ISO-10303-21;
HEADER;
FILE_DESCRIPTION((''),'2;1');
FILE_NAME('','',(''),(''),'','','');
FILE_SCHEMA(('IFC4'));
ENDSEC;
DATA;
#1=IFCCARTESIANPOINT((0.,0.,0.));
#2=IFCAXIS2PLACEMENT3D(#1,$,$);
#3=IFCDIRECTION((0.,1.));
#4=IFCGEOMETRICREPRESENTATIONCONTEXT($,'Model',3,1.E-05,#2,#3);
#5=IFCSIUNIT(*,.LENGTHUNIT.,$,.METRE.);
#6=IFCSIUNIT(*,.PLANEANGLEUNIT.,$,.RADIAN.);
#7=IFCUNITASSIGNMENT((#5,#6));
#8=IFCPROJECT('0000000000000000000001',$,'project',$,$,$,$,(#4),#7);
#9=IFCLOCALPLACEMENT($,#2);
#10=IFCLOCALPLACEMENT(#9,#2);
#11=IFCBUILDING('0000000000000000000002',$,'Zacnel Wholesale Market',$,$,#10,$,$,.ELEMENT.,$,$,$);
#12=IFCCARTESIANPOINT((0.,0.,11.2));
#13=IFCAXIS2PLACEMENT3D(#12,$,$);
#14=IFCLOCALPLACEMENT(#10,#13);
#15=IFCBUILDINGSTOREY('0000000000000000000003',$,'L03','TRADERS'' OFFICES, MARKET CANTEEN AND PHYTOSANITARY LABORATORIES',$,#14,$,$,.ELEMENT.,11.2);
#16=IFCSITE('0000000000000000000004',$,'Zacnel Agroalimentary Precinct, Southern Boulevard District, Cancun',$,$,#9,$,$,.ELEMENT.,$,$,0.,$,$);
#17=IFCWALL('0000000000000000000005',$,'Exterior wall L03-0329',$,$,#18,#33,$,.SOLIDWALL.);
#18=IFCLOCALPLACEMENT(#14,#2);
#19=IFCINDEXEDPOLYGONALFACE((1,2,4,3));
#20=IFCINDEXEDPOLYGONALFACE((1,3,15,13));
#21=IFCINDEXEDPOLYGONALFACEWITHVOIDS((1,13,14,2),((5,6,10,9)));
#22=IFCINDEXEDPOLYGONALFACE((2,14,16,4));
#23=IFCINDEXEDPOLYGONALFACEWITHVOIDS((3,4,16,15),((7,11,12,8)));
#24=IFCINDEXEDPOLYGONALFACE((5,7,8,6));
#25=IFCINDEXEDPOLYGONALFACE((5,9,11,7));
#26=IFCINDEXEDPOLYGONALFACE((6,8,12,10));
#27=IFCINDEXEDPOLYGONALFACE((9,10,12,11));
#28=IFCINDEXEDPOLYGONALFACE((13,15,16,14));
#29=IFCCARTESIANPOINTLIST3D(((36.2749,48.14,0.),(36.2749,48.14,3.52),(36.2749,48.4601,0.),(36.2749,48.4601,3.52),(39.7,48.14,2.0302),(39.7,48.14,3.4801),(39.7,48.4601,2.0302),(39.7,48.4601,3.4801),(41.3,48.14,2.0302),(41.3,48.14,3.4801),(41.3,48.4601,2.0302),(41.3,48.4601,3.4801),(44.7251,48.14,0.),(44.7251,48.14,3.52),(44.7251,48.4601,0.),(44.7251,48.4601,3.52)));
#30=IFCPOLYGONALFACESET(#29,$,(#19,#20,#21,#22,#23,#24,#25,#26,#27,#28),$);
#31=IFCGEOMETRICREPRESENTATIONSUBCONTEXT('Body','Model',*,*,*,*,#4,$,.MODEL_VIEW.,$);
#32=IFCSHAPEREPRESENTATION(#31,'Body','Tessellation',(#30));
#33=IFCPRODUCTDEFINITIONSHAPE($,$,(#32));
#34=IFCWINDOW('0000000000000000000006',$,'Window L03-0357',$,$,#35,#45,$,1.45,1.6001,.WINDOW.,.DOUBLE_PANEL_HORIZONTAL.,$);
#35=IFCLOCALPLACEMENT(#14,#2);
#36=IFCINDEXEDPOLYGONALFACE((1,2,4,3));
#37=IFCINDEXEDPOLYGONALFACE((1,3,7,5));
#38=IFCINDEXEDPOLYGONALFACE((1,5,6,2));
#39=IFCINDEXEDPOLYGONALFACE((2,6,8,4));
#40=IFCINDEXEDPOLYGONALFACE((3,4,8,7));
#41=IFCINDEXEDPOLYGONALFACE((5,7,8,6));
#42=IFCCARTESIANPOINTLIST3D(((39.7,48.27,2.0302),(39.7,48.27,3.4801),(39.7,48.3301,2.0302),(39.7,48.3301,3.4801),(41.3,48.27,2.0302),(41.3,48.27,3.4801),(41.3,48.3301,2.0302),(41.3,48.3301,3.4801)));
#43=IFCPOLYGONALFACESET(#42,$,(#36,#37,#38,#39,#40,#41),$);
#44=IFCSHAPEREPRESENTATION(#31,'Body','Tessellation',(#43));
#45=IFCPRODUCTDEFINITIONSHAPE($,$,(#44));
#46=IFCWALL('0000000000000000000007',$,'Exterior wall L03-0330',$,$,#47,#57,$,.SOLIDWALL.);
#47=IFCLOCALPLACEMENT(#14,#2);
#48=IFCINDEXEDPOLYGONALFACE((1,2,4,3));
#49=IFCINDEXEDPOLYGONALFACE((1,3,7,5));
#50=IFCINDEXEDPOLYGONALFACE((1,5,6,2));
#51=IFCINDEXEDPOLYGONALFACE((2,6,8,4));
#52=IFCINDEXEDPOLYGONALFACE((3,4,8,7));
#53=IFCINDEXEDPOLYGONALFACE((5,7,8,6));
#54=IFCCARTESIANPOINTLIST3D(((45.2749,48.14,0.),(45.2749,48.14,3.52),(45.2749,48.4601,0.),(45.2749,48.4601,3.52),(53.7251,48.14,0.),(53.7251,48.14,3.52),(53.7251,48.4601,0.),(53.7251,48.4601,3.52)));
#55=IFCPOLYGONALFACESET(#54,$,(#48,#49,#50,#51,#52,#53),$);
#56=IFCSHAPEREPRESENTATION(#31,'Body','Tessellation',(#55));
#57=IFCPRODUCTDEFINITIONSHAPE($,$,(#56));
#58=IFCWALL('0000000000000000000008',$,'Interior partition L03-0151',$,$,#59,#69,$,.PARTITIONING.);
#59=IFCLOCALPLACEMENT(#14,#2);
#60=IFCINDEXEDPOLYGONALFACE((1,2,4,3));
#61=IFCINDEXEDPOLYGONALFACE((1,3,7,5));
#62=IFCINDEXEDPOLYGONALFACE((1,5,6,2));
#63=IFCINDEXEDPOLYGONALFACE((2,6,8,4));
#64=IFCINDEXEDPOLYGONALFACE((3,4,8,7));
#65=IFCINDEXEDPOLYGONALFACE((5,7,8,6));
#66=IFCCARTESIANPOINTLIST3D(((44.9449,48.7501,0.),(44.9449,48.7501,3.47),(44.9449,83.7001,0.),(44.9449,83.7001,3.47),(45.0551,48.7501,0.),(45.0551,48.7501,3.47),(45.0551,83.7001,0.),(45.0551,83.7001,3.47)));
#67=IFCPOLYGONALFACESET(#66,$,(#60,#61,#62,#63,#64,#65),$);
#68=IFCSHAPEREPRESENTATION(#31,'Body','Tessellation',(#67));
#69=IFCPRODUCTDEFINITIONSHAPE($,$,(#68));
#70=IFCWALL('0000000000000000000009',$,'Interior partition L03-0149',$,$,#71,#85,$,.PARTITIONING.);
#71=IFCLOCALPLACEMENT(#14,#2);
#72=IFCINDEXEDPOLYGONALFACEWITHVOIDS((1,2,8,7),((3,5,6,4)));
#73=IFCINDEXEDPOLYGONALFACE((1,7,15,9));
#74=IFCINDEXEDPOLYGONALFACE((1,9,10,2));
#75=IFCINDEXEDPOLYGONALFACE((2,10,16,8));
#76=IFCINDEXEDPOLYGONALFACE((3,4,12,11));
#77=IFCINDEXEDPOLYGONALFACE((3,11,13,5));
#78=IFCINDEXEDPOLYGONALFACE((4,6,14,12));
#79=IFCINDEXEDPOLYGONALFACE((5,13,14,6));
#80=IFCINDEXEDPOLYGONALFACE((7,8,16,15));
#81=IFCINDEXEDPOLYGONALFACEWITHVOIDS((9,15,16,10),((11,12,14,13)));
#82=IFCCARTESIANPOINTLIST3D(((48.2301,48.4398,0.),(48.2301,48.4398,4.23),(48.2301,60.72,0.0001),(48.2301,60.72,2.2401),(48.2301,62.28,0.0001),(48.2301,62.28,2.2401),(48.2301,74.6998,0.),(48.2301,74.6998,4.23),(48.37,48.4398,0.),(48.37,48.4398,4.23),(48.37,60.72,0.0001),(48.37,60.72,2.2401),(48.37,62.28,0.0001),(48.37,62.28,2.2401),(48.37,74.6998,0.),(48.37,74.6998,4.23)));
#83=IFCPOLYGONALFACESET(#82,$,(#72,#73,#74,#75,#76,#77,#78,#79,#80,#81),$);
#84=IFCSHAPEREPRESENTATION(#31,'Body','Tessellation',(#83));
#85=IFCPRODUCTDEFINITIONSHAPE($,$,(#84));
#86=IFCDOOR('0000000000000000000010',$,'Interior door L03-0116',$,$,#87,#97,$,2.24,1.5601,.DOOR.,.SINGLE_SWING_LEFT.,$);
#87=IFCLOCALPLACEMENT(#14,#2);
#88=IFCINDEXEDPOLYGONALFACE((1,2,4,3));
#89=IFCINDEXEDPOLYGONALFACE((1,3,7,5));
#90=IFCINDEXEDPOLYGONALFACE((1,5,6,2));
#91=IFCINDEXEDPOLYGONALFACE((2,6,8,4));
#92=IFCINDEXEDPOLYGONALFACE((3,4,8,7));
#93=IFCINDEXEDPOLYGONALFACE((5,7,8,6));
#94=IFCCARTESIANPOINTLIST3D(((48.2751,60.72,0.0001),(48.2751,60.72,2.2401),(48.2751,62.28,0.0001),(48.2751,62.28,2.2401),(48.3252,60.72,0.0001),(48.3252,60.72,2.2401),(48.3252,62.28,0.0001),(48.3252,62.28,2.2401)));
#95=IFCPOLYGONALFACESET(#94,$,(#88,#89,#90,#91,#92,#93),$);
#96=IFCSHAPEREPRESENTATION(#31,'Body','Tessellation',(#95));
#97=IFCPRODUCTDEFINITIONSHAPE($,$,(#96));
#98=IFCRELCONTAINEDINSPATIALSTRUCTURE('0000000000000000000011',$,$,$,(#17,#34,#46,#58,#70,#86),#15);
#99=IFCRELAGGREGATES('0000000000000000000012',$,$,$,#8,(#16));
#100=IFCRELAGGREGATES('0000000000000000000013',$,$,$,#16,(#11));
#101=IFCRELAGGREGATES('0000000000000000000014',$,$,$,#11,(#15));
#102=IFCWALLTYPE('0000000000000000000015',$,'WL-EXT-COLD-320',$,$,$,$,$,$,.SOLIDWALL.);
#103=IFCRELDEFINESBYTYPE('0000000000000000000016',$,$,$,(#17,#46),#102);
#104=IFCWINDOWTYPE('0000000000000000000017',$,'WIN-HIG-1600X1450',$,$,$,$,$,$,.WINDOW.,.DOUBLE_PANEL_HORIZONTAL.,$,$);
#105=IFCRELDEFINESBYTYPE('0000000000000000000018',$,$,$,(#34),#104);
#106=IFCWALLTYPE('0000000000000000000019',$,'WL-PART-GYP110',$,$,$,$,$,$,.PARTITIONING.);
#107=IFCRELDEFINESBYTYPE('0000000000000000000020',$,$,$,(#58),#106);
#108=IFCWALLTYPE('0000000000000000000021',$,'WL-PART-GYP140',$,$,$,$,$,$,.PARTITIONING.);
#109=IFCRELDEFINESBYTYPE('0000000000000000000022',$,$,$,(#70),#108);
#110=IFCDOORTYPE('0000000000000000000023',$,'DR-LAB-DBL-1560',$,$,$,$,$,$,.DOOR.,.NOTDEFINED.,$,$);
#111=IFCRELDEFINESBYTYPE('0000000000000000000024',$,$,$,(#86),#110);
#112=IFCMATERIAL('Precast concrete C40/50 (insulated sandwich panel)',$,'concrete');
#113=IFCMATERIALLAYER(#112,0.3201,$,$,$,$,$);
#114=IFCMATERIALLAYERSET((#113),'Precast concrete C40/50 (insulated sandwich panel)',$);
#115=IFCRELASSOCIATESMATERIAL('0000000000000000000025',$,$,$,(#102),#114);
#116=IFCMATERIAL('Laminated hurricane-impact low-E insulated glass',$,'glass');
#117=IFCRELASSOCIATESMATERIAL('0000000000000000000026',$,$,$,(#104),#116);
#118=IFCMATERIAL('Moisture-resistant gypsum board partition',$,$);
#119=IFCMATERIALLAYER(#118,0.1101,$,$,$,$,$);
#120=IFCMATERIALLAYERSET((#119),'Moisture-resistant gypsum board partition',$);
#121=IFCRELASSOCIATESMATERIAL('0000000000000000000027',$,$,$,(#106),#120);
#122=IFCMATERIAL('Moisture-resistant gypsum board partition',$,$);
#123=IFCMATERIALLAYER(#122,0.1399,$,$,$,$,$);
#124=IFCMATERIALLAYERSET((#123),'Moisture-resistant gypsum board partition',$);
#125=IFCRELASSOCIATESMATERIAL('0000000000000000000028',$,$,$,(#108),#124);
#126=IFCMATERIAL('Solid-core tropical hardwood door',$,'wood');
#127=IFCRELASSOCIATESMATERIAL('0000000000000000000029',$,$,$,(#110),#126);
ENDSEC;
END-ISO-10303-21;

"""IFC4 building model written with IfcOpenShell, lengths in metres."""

from ifc_helpers import new_model, si_unit, direction, frame, frame_2d, origin, place, context, subcontext, project, spatial, rectangle, extrude, material, layer, layer_set, type_object, element, fill, save


model = new_model("IFC4")

# Units and contexts
model_context = context("Model", 3, precision=1e-05, world=origin(), true_north=direction((0.0, 1.0)))
body_context = subcontext(model_context, "Body", "Model", "MODEL_VIEW")
ifc_project = project(units=[si_unit("LENGTHUNIT", "METRE"), si_unit("PLANEANGLEUNIT", "RADIAN")], contexts=[model_context])

# Site, building, storey
site_placement = place(None, origin())
site = spatial("IfcSite", under=ifc_project, at=site_placement, Name="Zacnel Agroalimentary Precinct, Southern Boulevard District, Cancun", CompositionType="ELEMENT", RefElevation=0.0)
building_placement = place(site_placement, origin())
building = spatial("IfcBuilding", under=site, at=building_placement, Name="Zacnel Wholesale Market", CompositionType="ELEMENT")
storey_placement = place(building_placement, frame((0.0, 0.0, 11.2)))
storey = spatial("IfcBuildingStorey", under=building, at=storey_placement, Name="L03", Description="TRADERS' OFFICES, MARKET CANTEEN AND PHYTOSANITARY LABORATORIES", CompositionType="ELEMENT", Elevation=11.2)

# Shared definitions
ifc_material_1 = material(Name="Precast concrete C40/50 (insulated sandwich panel)", Category="concrete")
ifc_layer_1 = layer(ifc_material_1, 0.3201)
ifc_layer_set_1 = layer_set([ifc_layer_1], Name="Precast concrete C40/50 (insulated sandwich panel)")
wall_type_1 = type_object("IfcWallType", Name="WL-EXT-COLD-320", PredefinedType="SOLIDWALL", material=ifc_layer_set_1)

# Wall, opening, window
wall_1_placement = place(storey_placement, frame((36.2749, 48.3, 0.0), z_axis=(0.0, 0.0, 1.0), x_axis=(1.0, 0.0, 0.0)))
wall_1 = element("IfcWall", 1, at=wall_1_placement, inside=storey, type_object=wall_type_1, Name="Exterior wall L03-0329", PredefinedType="SOLIDWALL", context=body_context, shape_type="SweptSolid", body=[
    extrude(rectangle(XDim=8.4502, YDim=0.3201, at=frame_2d((4.2251, 0.0))), origin(), (0.0, 0.0, 1.0), 3.52),
])
opening_1_placement = place(wall_1_placement, frame((3.425, 0.0, 2.03)))
opening_1 = element("IfcOpeningElement", 2, at=opening_1_placement, cuts=wall_1, PredefinedType="OPENING", context=body_context, shape_type="SweptSolid", body=[
    extrude(rectangle(XDim=1.6001, YDim=1.45, at=frame_2d((0.8, 0.7251))), frame((0.0, 0.1699, 0.0), z_axis=(0.0, -1.0, 0.0), x_axis=(1.0, 0.0, 0.0)), (0.0, 0.0, 1.0), 0.3401),
])
ifc_material_2 = material(Name="Laminated hurricane-impact low-E insulated glass", Category="glass")
window_type = type_object("IfcWindowType", Name="WIN-HIG-1600X1450", PartitioningType="DOUBLE_PANEL_HORIZONTAL", PredefinedType="WINDOW", material=ifc_material_2)
window_placement = place(opening_1_placement, origin())
window = element("IfcWindow", 3, at=window_placement, inside=storey, type_object=window_type, Name="Window L03-0357", OverallHeight=1.45, OverallWidth=1.6001, PartitioningType="DOUBLE_PANEL_HORIZONTAL", PredefinedType="WINDOW", context=body_context, shape_type="SweptSolid", body=[
    extrude(rectangle(XDim=1.6001, YDim=1.45, at=frame_2d((0.8, 0.7251))), frame((0.0, 0.03, 0.0), z_axis=(0.0, -1.0, 0.0), x_axis=(1.0, 0.0, 0.0)), (0.0, 0.0, 1.0), 0.0601),
])
fill(opening_1, window)

# Walls
wall_2_placement = place(storey_placement, frame((45.2749, 48.3, 0.0), z_axis=(0.0, 0.0, 1.0), x_axis=(1.0, 0.0, 0.0)))
element("IfcWall", 4, at=wall_2_placement, inside=storey, type_object=wall_type_1, Name="Exterior wall L03-0330", PredefinedType="SOLIDWALL", context=body_context, shape_type="SweptSolid", body=[
    extrude(rectangle(XDim=8.4502, YDim=0.3201, at=frame_2d((4.2251, 0.0))), origin(), (0.0, 0.0, 1.0), 3.52),
])
ifc_material_3 = material(Name="Moisture-resistant gypsum board partition")
ifc_layer_2 = layer(ifc_material_3, 0.1101)
ifc_layer_set_2 = layer_set([ifc_layer_2], Name="Moisture-resistant gypsum board partition")
wall_type_2 = type_object("IfcWallType", Name="WL-PART-GYP110", PredefinedType="PARTITIONING", material=ifc_layer_set_2)
wall_3_placement = place(storey_placement, frame((45.0, 48.75, 0.0), z_axis=(0.0, 0.0, 1.0), x_axis=(0.0, 1.0, 0.0)))
element("IfcWall", 5, at=wall_3_placement, inside=storey, type_object=wall_type_2, Name="Interior partition L03-0151", PredefinedType="PARTITIONING", context=body_context, shape_type="SweptSolid", body=[
    extrude(rectangle(XDim=34.95, YDim=0.1101, at=frame_2d((17.4751, 0.0))), origin(), (0.0, 0.0, 1.0), 3.47),
])

# Wall, opening, door
ifc_material_4 = material(Name="Moisture-resistant gypsum board partition")
ifc_layer_3 = layer(ifc_material_4, 0.1399)
ifc_layer_set_3 = layer_set([ifc_layer_3], Name="Moisture-resistant gypsum board partition")
wall_type_3 = type_object("IfcWallType", Name="WL-PART-GYP140", PredefinedType="PARTITIONING", material=ifc_layer_set_3)
wall_4_placement = place(storey_placement, frame((48.3, 48.4399, 0.0), z_axis=(0.0, 0.0, 1.0), x_axis=(0.0, 1.0, 0.0)))
wall_4 = element("IfcWall", 6, at=wall_4_placement, inside=storey, type_object=wall_type_3, Name="Interior partition L03-0149", PredefinedType="PARTITIONING", context=body_context, shape_type="SweptSolid", body=[
    extrude(rectangle(XDim=26.26, YDim=0.1399, at=frame_2d((13.1299, 0.0))), origin(), (0.0, 0.0, 1.0), 4.23),
])
opening_2_placement = place(wall_4_placement, frame((12.28, 0.0, 0.0)))
opening_2 = element("IfcOpeningElement", 7, at=opening_2_placement, cuts=wall_4, PredefinedType="OPENING", context=body_context, shape_type="SweptSolid", body=[
    extrude(rectangle(XDim=1.5601, YDim=2.24, at=frame_2d((0.78, 1.1201))), frame((0.0, 0.0798, 0.0), z_axis=(0.0, -1.0, 0.0), x_axis=(1.0, 0.0, 0.0)), (0.0, 0.0, 1.0), 0.1599),
])
ifc_material_5 = material(Name="Solid-core tropical hardwood door", Category="wood")
door_type = type_object("IfcDoorType", Name="DR-LAB-DBL-1560", OperationType="NOTDEFINED", PredefinedType="DOOR", material=ifc_material_5)
door_placement = place(opening_2_placement, origin())
door = element("IfcDoor", 8, at=door_placement, inside=storey, type_object=door_type, Name="Interior door L03-0116", OperationType="SINGLE_SWING_LEFT", OverallHeight=2.24, OverallWidth=1.5601, PredefinedType="DOOR", context=body_context, shape_type="SweptSolid", body=[
    extrude(rectangle(XDim=1.5601, YDim=2.24, at=frame_2d((0.78, 1.1201))), frame((0.0, 0.0249, 0.0), z_axis=(0.0, -1.0, 0.0), x_axis=(1.0, 0.0, 0.0)), (0.0, 0.0, 1.0), 0.05),
])
fill(opening_2, door)

save(model, "model.ifc")
